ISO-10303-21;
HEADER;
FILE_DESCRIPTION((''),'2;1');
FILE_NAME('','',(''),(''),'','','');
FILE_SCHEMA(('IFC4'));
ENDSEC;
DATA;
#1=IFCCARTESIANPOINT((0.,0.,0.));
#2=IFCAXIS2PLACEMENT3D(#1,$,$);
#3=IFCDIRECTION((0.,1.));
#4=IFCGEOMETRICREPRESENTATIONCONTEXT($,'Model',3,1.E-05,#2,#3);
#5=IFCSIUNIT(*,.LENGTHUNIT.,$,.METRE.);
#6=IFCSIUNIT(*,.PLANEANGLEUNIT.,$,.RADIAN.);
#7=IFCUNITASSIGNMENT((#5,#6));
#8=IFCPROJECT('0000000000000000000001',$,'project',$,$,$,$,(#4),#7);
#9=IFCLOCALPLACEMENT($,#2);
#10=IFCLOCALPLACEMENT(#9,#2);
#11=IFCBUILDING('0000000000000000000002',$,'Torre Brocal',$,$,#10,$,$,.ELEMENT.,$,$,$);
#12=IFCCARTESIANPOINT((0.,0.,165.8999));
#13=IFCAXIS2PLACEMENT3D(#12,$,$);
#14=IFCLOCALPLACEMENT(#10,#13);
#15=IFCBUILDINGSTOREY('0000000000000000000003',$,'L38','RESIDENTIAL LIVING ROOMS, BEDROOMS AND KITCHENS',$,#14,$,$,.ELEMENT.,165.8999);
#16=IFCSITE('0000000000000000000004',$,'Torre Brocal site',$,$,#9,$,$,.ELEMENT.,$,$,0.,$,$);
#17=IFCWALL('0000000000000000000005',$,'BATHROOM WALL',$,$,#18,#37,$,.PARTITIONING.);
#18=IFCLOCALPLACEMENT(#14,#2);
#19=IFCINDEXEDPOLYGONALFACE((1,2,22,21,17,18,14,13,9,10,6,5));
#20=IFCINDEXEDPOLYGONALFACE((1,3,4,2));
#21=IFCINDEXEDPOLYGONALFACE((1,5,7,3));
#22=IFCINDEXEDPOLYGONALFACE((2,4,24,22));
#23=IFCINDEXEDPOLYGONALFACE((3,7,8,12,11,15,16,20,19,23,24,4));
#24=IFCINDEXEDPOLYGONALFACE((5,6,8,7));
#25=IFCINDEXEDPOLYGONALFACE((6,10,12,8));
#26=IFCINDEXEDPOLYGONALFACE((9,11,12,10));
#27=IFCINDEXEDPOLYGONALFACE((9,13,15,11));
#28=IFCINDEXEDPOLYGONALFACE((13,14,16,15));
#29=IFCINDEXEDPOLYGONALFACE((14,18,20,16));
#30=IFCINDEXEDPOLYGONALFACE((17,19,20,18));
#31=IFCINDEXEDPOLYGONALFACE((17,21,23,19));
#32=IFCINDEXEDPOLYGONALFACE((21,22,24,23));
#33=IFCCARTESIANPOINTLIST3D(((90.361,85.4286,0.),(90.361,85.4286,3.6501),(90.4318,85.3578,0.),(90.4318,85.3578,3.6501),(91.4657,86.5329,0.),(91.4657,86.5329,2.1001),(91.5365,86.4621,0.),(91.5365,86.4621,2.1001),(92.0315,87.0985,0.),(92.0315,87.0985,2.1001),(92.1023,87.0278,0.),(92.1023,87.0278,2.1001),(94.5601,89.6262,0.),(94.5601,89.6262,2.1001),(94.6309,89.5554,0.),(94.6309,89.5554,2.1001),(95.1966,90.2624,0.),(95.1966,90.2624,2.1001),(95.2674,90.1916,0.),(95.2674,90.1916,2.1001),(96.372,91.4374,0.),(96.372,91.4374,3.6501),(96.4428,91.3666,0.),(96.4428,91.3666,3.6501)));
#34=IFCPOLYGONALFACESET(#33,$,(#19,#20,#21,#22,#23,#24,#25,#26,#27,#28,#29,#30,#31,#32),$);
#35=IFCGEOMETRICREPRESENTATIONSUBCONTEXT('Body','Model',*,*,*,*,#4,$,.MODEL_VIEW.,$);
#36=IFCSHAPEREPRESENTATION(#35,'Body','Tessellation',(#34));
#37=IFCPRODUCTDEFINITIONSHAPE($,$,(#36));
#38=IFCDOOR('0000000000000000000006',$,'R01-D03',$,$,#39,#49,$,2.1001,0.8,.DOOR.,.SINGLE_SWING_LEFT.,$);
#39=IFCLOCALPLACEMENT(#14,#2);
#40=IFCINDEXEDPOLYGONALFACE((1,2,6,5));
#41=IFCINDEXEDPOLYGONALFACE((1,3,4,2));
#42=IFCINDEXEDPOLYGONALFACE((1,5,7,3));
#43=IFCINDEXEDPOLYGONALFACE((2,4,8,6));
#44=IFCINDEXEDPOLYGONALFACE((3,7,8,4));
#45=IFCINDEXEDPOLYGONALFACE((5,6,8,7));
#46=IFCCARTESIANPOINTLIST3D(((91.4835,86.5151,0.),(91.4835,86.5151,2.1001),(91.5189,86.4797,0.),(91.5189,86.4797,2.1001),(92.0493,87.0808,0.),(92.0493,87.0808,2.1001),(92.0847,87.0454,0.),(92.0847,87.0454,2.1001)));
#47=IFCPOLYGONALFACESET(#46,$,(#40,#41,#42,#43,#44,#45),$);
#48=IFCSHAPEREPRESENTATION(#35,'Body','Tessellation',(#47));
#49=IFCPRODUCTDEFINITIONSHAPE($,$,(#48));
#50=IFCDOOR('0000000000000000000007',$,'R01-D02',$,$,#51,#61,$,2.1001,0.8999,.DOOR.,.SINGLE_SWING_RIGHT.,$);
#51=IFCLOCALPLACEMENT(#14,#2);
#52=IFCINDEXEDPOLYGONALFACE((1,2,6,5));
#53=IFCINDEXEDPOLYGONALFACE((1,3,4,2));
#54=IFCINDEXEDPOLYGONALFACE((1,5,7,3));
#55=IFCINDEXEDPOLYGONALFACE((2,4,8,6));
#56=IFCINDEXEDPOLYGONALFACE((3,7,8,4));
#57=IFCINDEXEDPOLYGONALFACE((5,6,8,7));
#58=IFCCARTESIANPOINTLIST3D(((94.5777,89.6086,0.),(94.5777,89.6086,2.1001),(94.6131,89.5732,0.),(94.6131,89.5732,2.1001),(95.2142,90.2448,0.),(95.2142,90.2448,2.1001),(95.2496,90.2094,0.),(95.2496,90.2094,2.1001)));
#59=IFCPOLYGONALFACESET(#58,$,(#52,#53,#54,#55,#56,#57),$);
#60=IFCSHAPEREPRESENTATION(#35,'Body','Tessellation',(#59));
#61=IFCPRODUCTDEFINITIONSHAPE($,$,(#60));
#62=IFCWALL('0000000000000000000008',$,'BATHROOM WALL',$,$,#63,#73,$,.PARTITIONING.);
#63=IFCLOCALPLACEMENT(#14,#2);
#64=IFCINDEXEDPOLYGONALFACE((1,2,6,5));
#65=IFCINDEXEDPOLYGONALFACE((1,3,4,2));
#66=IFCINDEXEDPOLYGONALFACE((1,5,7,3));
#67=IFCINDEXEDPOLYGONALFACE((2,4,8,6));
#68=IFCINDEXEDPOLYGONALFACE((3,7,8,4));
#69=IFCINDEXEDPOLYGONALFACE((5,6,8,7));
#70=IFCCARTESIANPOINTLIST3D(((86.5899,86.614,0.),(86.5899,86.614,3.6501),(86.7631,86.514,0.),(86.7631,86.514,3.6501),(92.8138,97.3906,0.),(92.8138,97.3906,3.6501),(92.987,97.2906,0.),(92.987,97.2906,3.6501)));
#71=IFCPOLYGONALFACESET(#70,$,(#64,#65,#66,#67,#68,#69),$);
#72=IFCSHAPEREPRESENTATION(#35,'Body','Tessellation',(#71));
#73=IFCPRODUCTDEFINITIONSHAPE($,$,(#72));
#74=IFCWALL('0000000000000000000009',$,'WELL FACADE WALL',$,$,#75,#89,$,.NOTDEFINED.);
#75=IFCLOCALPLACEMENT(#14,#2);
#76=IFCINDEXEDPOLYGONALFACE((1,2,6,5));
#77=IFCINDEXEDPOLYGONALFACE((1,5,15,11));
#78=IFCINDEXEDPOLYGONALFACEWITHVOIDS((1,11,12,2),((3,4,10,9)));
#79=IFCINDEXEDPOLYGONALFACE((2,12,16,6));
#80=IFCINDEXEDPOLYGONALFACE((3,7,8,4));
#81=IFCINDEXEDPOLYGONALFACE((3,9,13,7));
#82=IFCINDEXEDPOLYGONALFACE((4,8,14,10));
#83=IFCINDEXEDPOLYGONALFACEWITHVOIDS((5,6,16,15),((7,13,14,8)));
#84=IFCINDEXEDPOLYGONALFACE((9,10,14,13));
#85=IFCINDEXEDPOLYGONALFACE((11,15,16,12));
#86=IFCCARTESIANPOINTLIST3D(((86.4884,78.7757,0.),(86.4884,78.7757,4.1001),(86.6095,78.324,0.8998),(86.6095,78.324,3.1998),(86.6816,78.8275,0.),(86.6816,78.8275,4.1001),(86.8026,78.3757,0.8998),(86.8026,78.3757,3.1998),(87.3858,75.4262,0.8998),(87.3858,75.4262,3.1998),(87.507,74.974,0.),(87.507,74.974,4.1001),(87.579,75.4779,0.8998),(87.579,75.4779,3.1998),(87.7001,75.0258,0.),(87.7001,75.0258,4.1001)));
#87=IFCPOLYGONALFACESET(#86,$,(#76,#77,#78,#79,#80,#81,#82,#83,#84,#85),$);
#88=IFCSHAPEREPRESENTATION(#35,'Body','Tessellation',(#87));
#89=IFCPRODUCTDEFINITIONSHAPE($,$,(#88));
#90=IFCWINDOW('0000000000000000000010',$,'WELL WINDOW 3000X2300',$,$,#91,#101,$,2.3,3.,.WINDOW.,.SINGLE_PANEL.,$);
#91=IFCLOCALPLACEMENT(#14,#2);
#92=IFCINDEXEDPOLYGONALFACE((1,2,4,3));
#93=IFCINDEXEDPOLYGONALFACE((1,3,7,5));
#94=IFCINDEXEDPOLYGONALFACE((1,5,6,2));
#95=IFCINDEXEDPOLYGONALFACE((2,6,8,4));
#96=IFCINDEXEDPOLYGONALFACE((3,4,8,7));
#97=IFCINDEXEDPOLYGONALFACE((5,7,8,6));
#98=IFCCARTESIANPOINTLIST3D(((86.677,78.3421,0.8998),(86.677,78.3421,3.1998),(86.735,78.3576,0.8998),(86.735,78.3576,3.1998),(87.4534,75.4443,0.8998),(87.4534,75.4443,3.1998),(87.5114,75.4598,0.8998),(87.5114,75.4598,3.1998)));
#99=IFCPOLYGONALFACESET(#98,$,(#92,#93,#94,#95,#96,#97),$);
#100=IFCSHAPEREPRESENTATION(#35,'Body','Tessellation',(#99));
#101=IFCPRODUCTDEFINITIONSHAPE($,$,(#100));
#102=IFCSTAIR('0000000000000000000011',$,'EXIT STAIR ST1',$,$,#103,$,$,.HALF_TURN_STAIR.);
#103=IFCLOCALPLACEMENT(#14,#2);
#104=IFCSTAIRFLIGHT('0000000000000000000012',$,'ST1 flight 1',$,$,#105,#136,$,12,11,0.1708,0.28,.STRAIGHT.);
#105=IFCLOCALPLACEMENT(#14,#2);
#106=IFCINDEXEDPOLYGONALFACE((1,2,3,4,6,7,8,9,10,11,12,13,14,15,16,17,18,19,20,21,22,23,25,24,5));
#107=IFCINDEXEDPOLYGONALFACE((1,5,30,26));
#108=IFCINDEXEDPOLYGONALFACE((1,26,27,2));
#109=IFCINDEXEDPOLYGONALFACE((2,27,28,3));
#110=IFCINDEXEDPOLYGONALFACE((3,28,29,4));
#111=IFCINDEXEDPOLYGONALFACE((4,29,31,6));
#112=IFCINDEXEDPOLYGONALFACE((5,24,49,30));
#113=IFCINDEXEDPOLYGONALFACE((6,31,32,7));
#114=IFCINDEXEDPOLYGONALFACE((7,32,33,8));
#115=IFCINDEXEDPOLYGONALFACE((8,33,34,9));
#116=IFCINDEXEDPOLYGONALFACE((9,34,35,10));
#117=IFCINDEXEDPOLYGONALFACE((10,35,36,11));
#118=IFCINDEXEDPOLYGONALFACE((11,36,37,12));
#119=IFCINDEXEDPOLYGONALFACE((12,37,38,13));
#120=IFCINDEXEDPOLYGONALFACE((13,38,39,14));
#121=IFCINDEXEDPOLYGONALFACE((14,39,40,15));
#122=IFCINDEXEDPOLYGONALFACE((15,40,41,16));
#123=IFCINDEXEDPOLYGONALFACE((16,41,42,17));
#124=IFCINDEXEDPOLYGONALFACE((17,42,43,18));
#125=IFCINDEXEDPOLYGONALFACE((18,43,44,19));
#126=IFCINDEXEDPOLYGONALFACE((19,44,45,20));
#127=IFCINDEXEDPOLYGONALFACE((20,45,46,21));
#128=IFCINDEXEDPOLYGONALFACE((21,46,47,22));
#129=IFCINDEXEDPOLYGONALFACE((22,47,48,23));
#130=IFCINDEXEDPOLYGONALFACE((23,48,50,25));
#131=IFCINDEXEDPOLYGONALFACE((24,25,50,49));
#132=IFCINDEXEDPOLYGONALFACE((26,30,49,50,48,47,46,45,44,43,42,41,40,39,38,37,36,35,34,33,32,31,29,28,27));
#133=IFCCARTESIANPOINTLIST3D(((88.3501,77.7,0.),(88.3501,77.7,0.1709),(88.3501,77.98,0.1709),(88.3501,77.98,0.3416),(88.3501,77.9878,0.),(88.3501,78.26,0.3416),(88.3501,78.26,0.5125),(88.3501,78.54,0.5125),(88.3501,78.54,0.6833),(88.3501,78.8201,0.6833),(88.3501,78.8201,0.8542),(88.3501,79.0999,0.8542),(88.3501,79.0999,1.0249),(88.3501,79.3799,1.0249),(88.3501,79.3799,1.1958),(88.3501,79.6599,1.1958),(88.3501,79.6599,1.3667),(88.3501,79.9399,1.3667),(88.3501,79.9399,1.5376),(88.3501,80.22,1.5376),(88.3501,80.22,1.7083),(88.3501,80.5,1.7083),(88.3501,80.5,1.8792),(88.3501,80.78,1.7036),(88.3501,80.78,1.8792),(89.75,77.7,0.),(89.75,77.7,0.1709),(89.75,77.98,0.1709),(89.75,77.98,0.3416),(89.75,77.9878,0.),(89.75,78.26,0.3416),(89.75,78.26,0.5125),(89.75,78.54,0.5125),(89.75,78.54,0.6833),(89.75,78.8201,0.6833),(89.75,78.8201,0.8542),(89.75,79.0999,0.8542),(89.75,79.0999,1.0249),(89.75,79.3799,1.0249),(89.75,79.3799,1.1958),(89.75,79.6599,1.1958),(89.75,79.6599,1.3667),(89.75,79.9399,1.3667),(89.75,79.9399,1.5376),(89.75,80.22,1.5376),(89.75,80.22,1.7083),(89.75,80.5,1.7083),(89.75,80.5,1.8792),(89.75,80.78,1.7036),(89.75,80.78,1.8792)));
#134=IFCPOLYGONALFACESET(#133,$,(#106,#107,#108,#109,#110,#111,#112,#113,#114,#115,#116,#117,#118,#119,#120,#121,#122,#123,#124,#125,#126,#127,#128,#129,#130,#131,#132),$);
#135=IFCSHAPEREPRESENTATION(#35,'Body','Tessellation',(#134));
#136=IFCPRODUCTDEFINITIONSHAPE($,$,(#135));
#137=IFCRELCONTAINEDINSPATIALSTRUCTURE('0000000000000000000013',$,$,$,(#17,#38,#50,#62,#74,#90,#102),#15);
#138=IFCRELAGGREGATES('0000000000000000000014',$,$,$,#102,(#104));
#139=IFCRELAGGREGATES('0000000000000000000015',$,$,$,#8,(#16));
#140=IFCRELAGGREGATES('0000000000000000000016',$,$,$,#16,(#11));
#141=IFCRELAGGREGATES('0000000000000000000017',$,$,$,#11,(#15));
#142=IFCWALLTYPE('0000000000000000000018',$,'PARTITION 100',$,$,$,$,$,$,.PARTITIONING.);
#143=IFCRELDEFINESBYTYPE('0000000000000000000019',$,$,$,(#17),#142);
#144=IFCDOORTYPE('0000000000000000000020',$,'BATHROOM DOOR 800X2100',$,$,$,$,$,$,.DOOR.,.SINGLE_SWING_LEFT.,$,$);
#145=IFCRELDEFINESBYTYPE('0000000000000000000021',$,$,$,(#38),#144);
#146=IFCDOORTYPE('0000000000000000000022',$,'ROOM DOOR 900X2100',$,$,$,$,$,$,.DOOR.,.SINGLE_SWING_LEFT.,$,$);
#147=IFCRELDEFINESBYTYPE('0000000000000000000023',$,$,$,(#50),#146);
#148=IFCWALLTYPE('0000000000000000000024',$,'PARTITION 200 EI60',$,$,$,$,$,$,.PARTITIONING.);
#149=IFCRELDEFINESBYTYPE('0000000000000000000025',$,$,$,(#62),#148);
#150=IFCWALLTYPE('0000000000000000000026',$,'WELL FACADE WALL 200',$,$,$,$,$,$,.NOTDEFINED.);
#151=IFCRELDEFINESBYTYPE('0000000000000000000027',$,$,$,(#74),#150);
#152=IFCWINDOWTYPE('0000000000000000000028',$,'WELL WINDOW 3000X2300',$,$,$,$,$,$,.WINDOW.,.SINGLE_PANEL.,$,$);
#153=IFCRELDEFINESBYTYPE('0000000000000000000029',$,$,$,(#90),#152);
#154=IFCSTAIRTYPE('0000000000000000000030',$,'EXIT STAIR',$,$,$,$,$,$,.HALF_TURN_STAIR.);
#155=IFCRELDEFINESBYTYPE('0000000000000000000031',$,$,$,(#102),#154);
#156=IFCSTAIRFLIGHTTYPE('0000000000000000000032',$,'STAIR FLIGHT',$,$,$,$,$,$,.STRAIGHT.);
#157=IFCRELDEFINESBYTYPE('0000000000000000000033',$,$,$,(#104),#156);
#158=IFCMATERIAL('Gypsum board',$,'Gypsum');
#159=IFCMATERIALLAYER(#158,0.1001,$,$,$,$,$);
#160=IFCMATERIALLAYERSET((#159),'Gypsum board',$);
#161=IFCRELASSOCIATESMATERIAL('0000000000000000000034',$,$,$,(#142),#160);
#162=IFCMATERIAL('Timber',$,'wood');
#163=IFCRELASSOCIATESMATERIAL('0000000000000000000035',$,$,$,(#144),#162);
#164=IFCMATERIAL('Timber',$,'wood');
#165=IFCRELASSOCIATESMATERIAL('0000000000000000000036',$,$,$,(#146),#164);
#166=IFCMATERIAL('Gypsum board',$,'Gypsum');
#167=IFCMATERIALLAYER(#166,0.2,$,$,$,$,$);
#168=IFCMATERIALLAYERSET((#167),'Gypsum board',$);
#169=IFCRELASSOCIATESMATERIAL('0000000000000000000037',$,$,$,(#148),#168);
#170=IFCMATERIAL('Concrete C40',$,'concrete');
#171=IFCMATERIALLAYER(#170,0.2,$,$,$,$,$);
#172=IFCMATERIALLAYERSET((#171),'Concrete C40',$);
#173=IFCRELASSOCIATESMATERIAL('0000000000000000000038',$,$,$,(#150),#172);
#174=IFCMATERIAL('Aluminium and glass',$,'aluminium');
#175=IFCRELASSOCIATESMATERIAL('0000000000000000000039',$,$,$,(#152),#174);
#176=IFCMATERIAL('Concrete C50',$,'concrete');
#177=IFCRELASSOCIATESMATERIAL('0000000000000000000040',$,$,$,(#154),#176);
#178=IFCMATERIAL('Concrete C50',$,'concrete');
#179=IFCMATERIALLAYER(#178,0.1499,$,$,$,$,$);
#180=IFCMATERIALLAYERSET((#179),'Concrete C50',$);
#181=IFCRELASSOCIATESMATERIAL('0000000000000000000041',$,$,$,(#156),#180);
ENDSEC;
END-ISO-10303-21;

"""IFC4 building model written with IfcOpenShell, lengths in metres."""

from ifc_helpers import new_model, si_unit, direction, frame, frame_2d, origin, place, context, subcontext, project, spatial, polyline, rectangle, outline, extrude, material, layer, layer_set, type_object, element, fill, aggregate, save


model = new_model("IFC4")

# Units and contexts
model_context = context("Model", 3, precision=1e-05, world=origin(), true_north=direction((0.0, 1.0)))
body_context = subcontext(model_context, "Body", "Model", "MODEL_VIEW")
ifc_project = project(units=[si_unit("LENGTHUNIT", "METRE"), si_unit("PLANEANGLEUNIT", "RADIAN")], contexts=[model_context])

# Site, building, storey
site_placement = place(None, origin())
site = spatial("IfcSite", under=ifc_project, at=site_placement, Name="Torre Brocal site", CompositionType="ELEMENT", RefElevation=0.0)
building_placement = place(site_placement, origin())
building = spatial("IfcBuilding", under=site, at=building_placement, Name="Torre Brocal", CompositionType="ELEMENT")
storey_placement = place(building_placement, frame((0.0, 0.0, 165.8999)))
storey = spatial("IfcBuildingStorey", under=building, at=storey_placement, Name="L38", Description="RESIDENTIAL LIVING ROOMS, BEDROOMS AND KITCHENS", CompositionType="ELEMENT", Elevation=165.8999)

# Wall, openings, doors
ifc_material_1 = material(Name="Gypsum board", Category="Gypsum")
ifc_layer_1 = layer(ifc_material_1, 0.1001)
ifc_layer_set_1 = layer_set([ifc_layer_1], Name="Gypsum board")
wall_type_1 = type_object("IfcWallType", Name="PARTITION 100", PredefinedType="PARTITIONING", material=ifc_layer_set_1)
wall_1_placement = place(storey_placement, frame((90.3965, 85.3933, 0.0), z_axis=(0.0, 0.0, 1.0), x_axis=(0.707236, 0.706978, 0.0)))
wall_1 = element("IfcWall", 1, at=wall_1_placement, inside=storey, type_object=wall_type_1, Name="BATHROOM WALL", PredefinedType="PARTITIONING", context=body_context, shape_type="SweptSolid", body=[
    extrude(rectangle(XDim=8.4993, YDim=0.1001, at=frame_2d((4.2495, 0.0))), origin(), (0.0, 0.0, 1.0), 3.6501),
])
opening_1_placement = place(wall_1_placement, frame((5.9373, 0.0, 0.0)))
opening_1 = element("IfcOpeningElement", 2, at=opening_1_placement, cuts=wall_1, PredefinedType="OPENING", context=body_context, shape_type="SweptSolid", body=[
    extrude(rectangle(XDim=0.8999, YDim=2.1001, at=frame_2d((0.45, 1.05))), frame((0.0, 0.0601, 0.0), z_axis=(0.0, -1.0, 0.0), x_axis=(1.0, 0.0, 0.0)), (0.0, 0.0, 1.0), 0.1201),
])
opening_2_placement = place(wall_1_placement, frame((1.562, 0.0, 0.0)))
opening_2 = element("IfcOpeningElement", 3, at=opening_2_placement, cuts=wall_1, PredefinedType="OPENING", context=body_context, shape_type="SweptSolid", body=[
    extrude(rectangle(XDim=0.8, YDim=2.1001, at=frame_2d((0.3999, 1.05))), frame((0.0, 0.0601, 0.0), z_axis=(0.0, -1.0, 0.0), x_axis=(1.0, 0.0, 0.0)), (0.0, 0.0, 1.0), 0.1201),
])
ifc_material_2 = material(Name="Timber", Category="wood")
door_type_1 = type_object("IfcDoorType", Name="BATHROOM DOOR 800X2100", OperationType="SINGLE_SWING_LEFT", PredefinedType="DOOR", material=ifc_material_2)
door_1_placement = place(opening_2_placement, origin())
door_1 = element("IfcDoor", 4, at=door_1_placement, inside=storey, type_object=door_type_1, Name="R01-D03", OperationType="SINGLE_SWING_LEFT", OverallHeight=2.1001, OverallWidth=0.8, PredefinedType="DOOR", context=body_context, shape_type="SweptSolid", body=[
    extrude(rectangle(XDim=0.8, YDim=2.1001, at=frame_2d((0.3999, 1.05))), frame((0.0, 0.0249, 0.0), z_axis=(0.0, -1.0, 0.0), x_axis=(1.0, 0.0, 0.0)), (0.0, 0.0, 1.0), 0.05),
])
fill(opening_2, door_1)
ifc_material_3 = material(Name="Timber", Category="wood")
door_type_2 = type_object("IfcDoorType", Name="ROOM DOOR 900X2100", OperationType="SINGLE_SWING_LEFT", PredefinedType="DOOR", material=ifc_material_3)
door_2_placement = place(opening_1_placement, frame((0.8999, 0.0, 0.0), z_axis=(0.0, 0.0, 1.0), x_axis=(-1.0, 0.0, 0.0)))
door_2 = element("IfcDoor", 5, at=door_2_placement, inside=storey, type_object=door_type_2, Name="R01-D02", OperationType="SINGLE_SWING_RIGHT", OverallHeight=2.1001, OverallWidth=0.8999, PredefinedType="DOOR", context=body_context, shape_type="SweptSolid", body=[
    extrude(rectangle(XDim=0.8999, YDim=2.1001, at=frame_2d((0.45, 1.05))), frame((0.0, 0.0249, 0.0), z_axis=(0.0, -1.0, 0.0), x_axis=(1.0, 0.0, 0.0)), (0.0, 0.0, 1.0), 0.05),
])
fill(opening_1, door_2)

# Wall
ifc_material_4 = material(Name="Gypsum board", Category="Gypsum")
ifc_layer_2 = layer(ifc_material_4, 0.2)
ifc_layer_set_2 = layer_set([ifc_layer_2], Name="Gypsum board")
wall_type_2 = type_object("IfcWallType", Name="PARTITION 200 EI60", PredefinedType="PARTITIONING", material=ifc_layer_set_2)
wall_2_placement = place(storey_placement, frame((86.6765, 86.564, 0.0), z_axis=(0.0, 0.0, 1.0), x_axis=(0.50012, 0.865956, 0.0)))
element("IfcWall", 6, at=wall_2_placement, inside=storey, type_object=wall_type_2, Name="BATHROOM WALL", PredefinedType="PARTITIONING", context=body_context, shape_type="SweptSolid", body=[
    extrude(rectangle(XDim=12.4448, YDim=0.2, at=frame_2d((6.2224, 0.0))), origin(), (0.0, 0.0, 1.0), 3.6501),
])

# Wall, opening, window
ifc_material_5 = material(Name="Concrete C40", Category="concrete")
ifc_layer_3 = layer(ifc_material_5, 0.2)
ifc_layer_set_3 = layer_set([ifc_layer_3], Name="Concrete C40")
wall_type_3 = type_object("IfcWallType", Name="WELL FACADE WALL 200", PredefinedType="NOTDEFINED", material=ifc_layer_set_3)
wall_3_placement = place(storey_placement, frame((87.6035, 75.0, 0.0), z_axis=(0.0, 0.0, 1.0), x_axis=(-0.25879, 0.965934, 0.0)))
wall_3 = element("IfcWall", 7, at=wall_3_placement, inside=storey, type_object=wall_type_3, Name="WELL FACADE WALL", PredefinedType="NOTDEFINED", context=body_context, shape_type="SweptSolid", body=[
    extrude(rectangle(XDim=3.9358, YDim=0.2, at=frame_2d((1.9678, 0.0))), origin(), (0.0, 0.0, 1.0), 4.1001),
])
opening_3_placement = place(wall_3_placement, frame((0.468, 0.0, 0.8999)))
opening_3 = element("IfcOpeningElement", 8, at=opening_3_placement, cuts=wall_3, PredefinedType="OPENING", context=body_context, shape_type="SweptSolid", body=[
    extrude(rectangle(XDim=3.0, YDim=2.3, at=frame_2d((1.5, 1.1499))), frame((0.0, 0.1099, 0.0), z_axis=(0.0, -1.0, 0.0), x_axis=(1.0, 0.0, 0.0)), (0.0, 0.0, 1.0), 0.22),
])
ifc_material_6 = material(Name="Aluminium and glass", Category="aluminium")
window_type = type_object("IfcWindowType", Name="WELL WINDOW 3000X2300", PartitioningType="SINGLE_PANEL", PredefinedType="WINDOW", material=ifc_material_6)
window_placement = place(opening_3_placement, origin())
window = element("IfcWindow", 9, at=window_placement, inside=storey, type_object=window_type, Name="WELL WINDOW 3000X2300", OverallHeight=2.3, OverallWidth=3.0, PartitioningType="SINGLE_PANEL", PredefinedType="WINDOW", context=body_context, shape_type="SweptSolid", body=[
    extrude(rectangle(XDim=3.0, YDim=2.3, at=frame_2d((1.5, 1.1499))), frame((0.0, 0.03, 0.0), z_axis=(0.0, -1.0, 0.0), x_axis=(1.0, 0.0, 0.0)), (0.0, 0.0, 1.0), 0.0601),
])
fill(opening_3, window)

# Stair, stair flight
ifc_material_7 = material(Name="Concrete C50", Category="concrete")
stair_type = type_object("IfcStairType", Name="EXIT STAIR", PredefinedType="HALF_TURN_STAIR", material=ifc_material_7)
stair_placement = place(storey_placement, origin())
stair = element("IfcStair", 10, at=stair_placement, inside=storey, type_object=stair_type, Name="EXIT STAIR ST1", PredefinedType="HALF_TURN_STAIR")
ifc_material_8 = material(Name="Concrete C50", Category="concrete")
ifc_layer_4 = layer(ifc_material_8, 0.1499)
ifc_layer_set_4 = layer_set([ifc_layer_4], Name="Concrete C50")
stair_flight_type = type_object("IfcStairFlightType", Name="STAIR FLIGHT", PredefinedType="STRAIGHT", material=ifc_layer_set_4)
stair_flight_1_placement = place(storey_placement, frame((89.05, 77.7, 0.0), z_axis=(0.0, 0.0, 1.0), x_axis=(0.0, 1.0, 0.0)))
stair_flight_1 = element("IfcStairFlight", 11, at=stair_flight_1_placement, type_object=stair_flight_type, Name="ST1 flight 1", NumberOfRisers=12, NumberOfTreads=11, PredefinedType="STRAIGHT", RiserHeight=0.1708, TreadLength=0.28, context=body_context, shape_type="SweptSolid", body=[
    extrude(outline(polyline([(0.0, 0.0), (0.0, 0.1709), (0.28, 0.1709), (0.28, 0.3416), (0.5601, 0.3416), (0.5601, 0.5125), (0.8401, 0.5125), (0.8401, 0.6833), (1.1201, 0.6833), (1.1201, 0.8542), (1.3999, 0.8542), (1.3999, 1.0249), (1.6799, 1.0249), (1.6799, 1.1958), (1.96, 1.1958), (1.96, 1.3667), (2.24, 1.3667), (2.24, 1.5376), (2.52, 1.5376), (2.52, 1.7083), (2.8, 1.7083), (2.8, 1.8792), (3.0801, 1.8792), (3.0801, 2.05), (3.0801, 1.7036), (0.2878, 0.0), (0.0, 0.0)])), frame((0.0, 0.7, 0.0), z_axis=(0.0, -1.0, 0.0), x_axis=(1.0, 0.0, 0.0)), (0.0, 0.0, 1.0), 1.3999),
])
aggregate(stair, [stair_flight_1])

save(model, "model.ifc")
